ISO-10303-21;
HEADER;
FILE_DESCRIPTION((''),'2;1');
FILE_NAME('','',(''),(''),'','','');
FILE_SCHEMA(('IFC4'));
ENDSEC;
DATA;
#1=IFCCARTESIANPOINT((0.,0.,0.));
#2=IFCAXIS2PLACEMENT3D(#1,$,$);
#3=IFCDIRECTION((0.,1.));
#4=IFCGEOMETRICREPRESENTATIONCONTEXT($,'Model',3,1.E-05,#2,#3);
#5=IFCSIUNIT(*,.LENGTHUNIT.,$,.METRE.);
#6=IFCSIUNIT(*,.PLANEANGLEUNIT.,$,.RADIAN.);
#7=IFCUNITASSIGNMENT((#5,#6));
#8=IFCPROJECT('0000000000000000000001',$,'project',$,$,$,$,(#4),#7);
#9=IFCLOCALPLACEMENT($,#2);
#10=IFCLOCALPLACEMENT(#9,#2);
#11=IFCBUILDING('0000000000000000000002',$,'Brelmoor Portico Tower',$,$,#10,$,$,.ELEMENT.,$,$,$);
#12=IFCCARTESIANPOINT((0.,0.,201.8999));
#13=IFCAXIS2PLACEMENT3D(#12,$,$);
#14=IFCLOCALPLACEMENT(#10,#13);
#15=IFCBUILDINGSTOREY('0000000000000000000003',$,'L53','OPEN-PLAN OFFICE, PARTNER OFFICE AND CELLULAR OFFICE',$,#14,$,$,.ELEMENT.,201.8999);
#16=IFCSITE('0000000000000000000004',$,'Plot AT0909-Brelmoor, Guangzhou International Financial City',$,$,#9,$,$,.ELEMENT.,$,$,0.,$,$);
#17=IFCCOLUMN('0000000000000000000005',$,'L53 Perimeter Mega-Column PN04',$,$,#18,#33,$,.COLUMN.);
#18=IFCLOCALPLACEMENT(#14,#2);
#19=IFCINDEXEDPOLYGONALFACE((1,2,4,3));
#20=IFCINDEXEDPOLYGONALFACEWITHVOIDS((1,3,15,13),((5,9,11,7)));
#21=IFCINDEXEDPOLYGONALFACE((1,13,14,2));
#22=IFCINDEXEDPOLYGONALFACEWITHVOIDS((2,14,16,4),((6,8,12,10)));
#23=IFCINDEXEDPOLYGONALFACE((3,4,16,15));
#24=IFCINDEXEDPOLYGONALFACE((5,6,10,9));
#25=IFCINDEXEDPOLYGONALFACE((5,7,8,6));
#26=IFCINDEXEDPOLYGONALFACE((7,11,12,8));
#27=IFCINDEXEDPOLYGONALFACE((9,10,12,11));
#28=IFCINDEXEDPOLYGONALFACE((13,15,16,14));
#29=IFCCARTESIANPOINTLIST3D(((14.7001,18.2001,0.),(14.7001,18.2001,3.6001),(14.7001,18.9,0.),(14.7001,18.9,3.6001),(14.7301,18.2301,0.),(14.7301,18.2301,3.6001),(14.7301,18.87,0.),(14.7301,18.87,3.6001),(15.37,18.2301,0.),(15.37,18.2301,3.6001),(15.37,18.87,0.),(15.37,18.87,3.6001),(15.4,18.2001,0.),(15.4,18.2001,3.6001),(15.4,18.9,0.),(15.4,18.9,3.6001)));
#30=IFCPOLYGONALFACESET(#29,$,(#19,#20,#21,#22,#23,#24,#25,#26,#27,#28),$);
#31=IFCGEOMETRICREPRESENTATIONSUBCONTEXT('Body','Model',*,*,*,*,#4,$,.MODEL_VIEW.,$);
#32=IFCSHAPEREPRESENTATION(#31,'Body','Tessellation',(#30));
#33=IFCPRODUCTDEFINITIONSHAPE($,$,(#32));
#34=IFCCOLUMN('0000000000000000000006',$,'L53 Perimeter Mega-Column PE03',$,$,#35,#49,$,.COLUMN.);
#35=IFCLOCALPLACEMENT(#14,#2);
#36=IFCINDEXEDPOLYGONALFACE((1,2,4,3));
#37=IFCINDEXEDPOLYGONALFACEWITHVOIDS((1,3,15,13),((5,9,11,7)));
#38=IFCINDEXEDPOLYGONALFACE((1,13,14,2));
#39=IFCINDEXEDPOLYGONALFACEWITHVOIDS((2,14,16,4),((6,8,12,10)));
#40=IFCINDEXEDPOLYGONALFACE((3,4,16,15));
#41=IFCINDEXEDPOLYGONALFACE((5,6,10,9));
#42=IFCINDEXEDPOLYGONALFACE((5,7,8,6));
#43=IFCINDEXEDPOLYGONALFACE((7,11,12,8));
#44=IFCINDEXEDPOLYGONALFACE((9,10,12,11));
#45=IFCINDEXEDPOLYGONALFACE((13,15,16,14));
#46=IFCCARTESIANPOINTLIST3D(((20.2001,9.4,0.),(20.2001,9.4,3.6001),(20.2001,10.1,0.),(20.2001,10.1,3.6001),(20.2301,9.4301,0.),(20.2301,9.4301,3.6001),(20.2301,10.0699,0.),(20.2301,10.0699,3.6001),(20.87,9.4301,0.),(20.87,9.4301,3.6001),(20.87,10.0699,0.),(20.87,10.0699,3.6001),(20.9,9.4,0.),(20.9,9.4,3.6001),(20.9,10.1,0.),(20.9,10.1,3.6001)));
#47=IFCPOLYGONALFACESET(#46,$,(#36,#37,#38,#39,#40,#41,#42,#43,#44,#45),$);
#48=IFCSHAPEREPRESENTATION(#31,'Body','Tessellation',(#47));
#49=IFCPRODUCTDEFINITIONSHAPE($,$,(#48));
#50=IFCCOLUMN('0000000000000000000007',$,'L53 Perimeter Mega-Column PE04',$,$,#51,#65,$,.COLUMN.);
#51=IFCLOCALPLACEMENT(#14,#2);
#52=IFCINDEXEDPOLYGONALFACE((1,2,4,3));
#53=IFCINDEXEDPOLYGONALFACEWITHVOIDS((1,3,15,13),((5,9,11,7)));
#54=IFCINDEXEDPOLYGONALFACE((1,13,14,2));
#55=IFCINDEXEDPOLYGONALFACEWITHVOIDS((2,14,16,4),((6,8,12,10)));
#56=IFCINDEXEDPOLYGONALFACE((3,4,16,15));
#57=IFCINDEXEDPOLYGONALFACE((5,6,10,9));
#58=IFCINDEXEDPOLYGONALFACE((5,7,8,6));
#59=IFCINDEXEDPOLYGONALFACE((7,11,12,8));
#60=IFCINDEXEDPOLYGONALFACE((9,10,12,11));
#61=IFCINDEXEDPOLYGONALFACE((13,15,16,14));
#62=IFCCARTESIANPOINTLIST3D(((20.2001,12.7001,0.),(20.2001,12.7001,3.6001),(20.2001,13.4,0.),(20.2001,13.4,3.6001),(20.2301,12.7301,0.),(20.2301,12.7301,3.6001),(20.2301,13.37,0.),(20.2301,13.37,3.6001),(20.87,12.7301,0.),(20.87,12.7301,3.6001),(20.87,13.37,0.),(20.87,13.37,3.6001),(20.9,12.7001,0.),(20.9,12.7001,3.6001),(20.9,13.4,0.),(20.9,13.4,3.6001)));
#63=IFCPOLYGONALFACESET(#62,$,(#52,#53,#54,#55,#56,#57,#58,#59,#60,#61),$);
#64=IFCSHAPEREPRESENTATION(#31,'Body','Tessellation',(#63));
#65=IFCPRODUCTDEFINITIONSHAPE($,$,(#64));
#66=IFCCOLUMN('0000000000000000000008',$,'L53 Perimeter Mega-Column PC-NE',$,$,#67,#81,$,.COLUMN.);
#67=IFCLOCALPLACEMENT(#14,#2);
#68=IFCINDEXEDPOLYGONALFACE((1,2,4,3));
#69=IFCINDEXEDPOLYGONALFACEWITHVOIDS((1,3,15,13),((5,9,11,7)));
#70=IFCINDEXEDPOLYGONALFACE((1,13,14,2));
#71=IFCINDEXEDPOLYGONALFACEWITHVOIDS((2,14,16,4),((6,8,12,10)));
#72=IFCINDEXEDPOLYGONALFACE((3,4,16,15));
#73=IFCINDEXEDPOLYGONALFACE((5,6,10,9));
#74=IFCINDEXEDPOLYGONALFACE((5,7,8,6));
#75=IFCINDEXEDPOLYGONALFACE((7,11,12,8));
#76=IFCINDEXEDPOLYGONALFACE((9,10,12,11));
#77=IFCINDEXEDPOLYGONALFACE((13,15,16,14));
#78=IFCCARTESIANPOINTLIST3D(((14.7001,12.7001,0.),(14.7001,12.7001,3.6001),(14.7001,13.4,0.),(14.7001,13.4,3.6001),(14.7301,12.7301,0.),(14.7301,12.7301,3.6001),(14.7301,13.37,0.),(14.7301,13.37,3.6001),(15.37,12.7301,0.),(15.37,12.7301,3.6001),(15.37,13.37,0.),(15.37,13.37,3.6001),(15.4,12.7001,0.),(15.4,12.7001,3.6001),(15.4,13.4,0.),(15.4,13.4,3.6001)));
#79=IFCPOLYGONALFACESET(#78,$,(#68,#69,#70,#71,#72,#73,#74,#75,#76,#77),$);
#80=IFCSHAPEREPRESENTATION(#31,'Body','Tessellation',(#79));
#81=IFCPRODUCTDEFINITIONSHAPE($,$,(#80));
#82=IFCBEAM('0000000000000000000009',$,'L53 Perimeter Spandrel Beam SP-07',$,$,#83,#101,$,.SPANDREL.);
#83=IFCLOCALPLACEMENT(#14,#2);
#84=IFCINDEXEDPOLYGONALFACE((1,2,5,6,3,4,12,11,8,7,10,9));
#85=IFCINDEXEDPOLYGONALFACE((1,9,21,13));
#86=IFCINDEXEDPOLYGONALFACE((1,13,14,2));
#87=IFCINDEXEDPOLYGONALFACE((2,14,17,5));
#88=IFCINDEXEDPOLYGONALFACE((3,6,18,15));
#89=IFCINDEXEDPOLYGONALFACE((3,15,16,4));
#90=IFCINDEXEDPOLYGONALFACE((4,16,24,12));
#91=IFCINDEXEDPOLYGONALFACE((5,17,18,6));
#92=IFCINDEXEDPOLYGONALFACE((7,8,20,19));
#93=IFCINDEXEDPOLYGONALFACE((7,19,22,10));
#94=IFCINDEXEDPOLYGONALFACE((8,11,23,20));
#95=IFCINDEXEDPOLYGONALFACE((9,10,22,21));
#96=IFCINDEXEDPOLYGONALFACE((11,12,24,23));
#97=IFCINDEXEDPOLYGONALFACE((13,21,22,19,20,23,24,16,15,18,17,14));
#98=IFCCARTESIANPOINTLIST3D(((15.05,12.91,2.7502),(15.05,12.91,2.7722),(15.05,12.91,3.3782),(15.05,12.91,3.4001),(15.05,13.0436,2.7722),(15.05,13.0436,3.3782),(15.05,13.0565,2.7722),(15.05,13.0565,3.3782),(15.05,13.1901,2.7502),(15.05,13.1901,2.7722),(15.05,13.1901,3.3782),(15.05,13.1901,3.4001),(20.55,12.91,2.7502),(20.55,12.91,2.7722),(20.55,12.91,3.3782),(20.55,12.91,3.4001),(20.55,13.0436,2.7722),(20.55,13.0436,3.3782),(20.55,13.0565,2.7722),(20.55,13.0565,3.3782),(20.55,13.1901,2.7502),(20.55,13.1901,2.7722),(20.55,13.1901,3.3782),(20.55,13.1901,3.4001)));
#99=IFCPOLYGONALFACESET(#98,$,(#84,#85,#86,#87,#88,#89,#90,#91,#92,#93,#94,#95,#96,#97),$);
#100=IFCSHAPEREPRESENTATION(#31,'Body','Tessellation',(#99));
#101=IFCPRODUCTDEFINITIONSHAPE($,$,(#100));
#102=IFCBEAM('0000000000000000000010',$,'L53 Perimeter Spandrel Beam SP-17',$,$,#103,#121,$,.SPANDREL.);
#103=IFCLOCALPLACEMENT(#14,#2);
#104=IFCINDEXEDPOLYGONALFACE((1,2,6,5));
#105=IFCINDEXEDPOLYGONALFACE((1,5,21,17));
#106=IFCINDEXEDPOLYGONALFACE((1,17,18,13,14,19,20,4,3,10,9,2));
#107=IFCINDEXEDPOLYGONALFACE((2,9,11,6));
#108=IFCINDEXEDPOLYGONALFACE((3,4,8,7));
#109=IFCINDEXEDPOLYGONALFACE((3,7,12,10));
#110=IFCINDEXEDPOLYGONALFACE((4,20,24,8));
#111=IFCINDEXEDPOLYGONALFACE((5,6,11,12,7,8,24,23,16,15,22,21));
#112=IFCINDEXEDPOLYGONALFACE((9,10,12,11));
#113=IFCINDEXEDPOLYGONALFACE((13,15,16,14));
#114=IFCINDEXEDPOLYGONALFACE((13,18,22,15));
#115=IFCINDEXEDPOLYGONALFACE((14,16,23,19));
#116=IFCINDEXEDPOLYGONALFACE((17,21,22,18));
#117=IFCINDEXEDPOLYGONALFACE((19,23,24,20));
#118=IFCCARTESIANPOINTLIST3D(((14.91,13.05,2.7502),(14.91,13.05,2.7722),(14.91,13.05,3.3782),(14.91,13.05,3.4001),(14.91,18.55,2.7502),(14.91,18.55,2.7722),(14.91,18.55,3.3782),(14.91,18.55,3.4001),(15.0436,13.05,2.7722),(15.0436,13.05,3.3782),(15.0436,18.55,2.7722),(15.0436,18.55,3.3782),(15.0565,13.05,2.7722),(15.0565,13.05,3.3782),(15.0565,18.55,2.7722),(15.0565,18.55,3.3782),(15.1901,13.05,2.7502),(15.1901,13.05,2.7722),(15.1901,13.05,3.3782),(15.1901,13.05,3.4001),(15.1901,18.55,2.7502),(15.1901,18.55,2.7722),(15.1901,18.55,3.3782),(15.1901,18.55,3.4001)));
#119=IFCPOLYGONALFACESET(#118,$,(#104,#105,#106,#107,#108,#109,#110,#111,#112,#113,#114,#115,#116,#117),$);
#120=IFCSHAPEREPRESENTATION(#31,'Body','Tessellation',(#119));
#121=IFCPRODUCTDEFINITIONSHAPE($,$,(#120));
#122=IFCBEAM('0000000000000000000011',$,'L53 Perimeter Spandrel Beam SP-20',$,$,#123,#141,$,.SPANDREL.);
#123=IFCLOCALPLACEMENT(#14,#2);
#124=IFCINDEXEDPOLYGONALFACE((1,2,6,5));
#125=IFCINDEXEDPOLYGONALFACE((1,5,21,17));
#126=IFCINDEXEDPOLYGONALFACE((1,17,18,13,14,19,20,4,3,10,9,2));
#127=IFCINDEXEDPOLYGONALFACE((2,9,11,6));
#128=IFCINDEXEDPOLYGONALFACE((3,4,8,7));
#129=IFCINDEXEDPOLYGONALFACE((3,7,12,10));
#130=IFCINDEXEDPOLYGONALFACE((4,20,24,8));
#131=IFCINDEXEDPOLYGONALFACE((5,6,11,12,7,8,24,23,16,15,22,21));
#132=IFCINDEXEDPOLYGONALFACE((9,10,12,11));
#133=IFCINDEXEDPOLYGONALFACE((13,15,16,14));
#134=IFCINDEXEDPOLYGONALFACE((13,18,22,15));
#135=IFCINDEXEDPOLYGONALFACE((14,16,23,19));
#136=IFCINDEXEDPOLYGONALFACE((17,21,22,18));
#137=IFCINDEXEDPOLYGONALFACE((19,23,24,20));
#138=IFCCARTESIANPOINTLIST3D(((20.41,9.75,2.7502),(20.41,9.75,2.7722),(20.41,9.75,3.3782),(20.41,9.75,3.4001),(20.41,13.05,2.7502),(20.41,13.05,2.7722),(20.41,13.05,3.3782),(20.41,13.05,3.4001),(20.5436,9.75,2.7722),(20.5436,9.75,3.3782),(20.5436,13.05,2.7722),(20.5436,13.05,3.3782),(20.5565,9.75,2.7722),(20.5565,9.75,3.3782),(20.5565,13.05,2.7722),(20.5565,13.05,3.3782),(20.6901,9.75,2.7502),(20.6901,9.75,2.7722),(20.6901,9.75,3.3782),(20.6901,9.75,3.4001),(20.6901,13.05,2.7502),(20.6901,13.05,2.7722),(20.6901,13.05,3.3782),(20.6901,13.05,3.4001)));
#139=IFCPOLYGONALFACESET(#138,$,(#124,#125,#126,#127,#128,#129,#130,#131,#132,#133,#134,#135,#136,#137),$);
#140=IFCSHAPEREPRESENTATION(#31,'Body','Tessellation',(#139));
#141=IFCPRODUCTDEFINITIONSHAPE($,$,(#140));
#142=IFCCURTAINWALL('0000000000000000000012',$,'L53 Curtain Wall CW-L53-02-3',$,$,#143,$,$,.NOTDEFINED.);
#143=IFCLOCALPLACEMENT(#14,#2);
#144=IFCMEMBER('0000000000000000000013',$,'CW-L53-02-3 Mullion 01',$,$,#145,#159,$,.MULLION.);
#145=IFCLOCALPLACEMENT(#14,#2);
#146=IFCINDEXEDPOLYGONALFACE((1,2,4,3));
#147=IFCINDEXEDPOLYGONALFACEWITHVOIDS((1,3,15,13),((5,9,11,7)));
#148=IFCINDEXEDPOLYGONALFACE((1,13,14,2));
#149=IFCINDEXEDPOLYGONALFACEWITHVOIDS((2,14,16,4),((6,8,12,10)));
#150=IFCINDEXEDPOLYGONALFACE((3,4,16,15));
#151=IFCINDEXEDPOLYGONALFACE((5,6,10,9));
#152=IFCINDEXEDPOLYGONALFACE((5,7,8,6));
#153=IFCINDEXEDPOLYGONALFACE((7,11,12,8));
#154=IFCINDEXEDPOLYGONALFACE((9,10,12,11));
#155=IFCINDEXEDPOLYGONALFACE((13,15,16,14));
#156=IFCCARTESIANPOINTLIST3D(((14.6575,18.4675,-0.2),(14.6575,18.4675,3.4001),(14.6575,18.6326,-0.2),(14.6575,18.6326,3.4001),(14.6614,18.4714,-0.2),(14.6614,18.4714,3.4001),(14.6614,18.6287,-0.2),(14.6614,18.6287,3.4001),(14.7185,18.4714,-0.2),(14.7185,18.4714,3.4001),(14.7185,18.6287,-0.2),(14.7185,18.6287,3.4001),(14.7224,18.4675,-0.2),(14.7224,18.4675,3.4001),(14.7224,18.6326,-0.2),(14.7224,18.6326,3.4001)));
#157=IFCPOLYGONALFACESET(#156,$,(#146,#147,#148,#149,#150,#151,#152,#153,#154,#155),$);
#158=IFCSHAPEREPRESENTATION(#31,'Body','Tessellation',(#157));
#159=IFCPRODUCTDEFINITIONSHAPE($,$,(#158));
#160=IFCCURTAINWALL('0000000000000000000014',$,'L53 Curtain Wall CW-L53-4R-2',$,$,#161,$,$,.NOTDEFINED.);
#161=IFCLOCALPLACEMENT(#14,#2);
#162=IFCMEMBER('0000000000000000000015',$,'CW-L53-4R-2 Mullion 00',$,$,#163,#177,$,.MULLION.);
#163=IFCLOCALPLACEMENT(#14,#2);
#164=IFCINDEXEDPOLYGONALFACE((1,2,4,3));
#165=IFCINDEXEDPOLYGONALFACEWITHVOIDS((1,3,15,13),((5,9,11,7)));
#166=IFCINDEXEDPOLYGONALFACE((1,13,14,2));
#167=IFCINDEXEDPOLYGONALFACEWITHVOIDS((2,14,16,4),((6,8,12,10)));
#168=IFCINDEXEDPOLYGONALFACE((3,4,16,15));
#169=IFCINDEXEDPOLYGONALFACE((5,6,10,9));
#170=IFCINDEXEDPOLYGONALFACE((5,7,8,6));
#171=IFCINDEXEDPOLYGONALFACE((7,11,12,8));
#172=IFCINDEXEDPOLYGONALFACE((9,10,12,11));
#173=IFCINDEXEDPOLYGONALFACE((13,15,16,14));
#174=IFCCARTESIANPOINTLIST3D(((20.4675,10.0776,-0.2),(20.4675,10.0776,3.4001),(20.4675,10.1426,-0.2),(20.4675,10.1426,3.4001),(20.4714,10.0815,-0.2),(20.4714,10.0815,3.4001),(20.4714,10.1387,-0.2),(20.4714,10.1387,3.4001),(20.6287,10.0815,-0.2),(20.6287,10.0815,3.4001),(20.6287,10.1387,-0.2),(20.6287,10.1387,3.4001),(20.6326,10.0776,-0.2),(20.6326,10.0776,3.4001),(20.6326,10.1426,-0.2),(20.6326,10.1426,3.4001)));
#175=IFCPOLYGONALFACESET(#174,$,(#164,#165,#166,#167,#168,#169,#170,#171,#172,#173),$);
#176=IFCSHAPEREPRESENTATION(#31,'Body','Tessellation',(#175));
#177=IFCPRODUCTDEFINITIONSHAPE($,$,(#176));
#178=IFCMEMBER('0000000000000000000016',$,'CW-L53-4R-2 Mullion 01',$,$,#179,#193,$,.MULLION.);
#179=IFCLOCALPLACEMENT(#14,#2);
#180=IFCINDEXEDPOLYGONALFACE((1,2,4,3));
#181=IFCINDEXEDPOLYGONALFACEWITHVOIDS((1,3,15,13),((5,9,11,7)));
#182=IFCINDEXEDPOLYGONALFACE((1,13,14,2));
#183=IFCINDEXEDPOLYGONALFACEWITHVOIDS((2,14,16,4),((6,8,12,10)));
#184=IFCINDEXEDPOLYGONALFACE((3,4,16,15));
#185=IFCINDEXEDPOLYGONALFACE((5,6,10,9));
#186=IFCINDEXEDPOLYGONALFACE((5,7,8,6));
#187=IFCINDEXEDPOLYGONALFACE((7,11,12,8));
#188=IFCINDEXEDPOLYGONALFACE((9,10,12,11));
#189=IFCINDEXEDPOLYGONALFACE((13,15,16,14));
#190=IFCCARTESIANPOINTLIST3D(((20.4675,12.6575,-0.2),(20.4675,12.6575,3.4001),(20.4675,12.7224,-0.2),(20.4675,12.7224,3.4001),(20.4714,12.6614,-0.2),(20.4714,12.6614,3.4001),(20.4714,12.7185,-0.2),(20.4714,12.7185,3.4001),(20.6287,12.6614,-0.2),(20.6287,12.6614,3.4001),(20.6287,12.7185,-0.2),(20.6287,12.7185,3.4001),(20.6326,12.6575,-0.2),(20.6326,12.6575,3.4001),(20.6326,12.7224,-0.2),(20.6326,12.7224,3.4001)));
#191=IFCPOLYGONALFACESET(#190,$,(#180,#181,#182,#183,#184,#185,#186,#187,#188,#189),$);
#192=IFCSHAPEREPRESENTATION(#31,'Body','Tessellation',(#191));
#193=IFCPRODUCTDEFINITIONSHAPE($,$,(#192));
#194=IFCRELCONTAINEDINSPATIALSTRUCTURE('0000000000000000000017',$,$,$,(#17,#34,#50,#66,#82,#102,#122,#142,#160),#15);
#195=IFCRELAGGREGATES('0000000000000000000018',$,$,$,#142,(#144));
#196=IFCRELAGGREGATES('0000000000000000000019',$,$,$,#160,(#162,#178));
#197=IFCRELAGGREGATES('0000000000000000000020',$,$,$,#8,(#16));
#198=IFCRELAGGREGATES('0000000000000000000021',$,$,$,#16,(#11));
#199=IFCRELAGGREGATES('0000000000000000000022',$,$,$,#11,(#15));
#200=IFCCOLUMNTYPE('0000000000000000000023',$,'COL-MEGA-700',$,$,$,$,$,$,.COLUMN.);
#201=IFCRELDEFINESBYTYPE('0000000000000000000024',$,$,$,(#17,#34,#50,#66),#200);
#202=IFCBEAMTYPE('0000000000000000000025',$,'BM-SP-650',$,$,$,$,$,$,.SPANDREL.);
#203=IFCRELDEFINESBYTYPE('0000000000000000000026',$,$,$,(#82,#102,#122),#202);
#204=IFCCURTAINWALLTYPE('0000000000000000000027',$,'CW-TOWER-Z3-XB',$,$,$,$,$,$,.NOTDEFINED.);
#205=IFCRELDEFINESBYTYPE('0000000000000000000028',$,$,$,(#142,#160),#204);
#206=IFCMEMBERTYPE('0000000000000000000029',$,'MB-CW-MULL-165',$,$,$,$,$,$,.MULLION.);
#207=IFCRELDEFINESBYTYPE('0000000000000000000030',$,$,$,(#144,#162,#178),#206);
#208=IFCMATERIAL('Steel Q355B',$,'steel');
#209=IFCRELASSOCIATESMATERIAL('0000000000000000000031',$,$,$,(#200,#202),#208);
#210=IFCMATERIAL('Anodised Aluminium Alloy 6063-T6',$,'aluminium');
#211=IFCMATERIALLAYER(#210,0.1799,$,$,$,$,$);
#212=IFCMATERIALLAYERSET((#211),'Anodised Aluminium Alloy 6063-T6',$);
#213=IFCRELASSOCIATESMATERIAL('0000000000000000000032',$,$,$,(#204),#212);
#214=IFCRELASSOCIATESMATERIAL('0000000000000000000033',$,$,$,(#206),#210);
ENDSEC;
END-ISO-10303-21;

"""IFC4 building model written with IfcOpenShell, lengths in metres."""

from ifc_helpers import new_model, si_unit, direction, frame, origin, origin_2d, place, context, subcontext, project, spatial, hollow_rectangle, i_section, extrude, material, layer, layer_set, material_profile, profile_set, type_object, element, aggregate, save


model = new_model("IFC4")

# Units and contexts
model_context = context("Model", 3, precision=1e-05, world=origin(), true_north=direction((0.0, 1.0)))
body_context = subcontext(model_context, "Body", "Model", "MODEL_VIEW")
ifc_project = project(units=[si_unit("LENGTHUNIT", "METRE"), si_unit("PLANEANGLEUNIT", "RADIAN")], contexts=[model_context])

# Site, building, storey
site_placement = place(None, origin())
site = spatial("IfcSite", under=ifc_project, at=site_placement, Name="Plot AT0909-Brelmoor, Guangzhou International Financial City", CompositionType="ELEMENT", RefElevation=0.0)
building_placement = place(site_placement, origin())
building = spatial("IfcBuilding", under=site, at=building_placement, Name="Brelmoor Portico Tower", CompositionType="ELEMENT")
storey_placement = place(building_placement, frame((0.0, 0.0, 201.8999)))
storey = spatial("IfcBuildingStorey", under=building, at=storey_placement, Name="L53", Description="OPEN-PLAN OFFICE, PARTNER OFFICE AND CELLULAR OFFICE", CompositionType="ELEMENT", Elevation=201.8999)

# Columns
ifc_material_1 = material(Name="Steel Q355B", Category="steel")
ifc_material_profile_1 = material_profile(ifc_material_1, hollow_rectangle(XDim=0.7, YDim=0.7, WallThickness=0.03, at=origin_2d()), Name="BOX 700x700x30")
ifc_profile_set_1 = profile_set([ifc_material_profile_1], Name="Steel Q355B")
column_type = type_object("IfcColumnType", Name="COL-MEGA-700", PredefinedType="COLUMN", material=ifc_profile_set_1)
for number, where, z_axis, x_axis, name in (
    (1, (15.05, 18.55, 0.0), (0.0, 0.0, 1.0), (1.0, 0.0, 0.0), "L53 Perimeter Mega-Column PN04"),
    (2, (20.55, 9.75, 0.0), (0.0, 0.0, 1.0), (0.0, 1.0, 0.0), "L53 Perimeter Mega-Column PE03"),
    (3, (20.55, 13.05, 0.0), (0.0, 0.0, 1.0), (0.0, 1.0, 0.0), "L53 Perimeter Mega-Column PE04"),
    (4, (15.05, 13.05, 0.0), (0.0, 0.0, 1.0), (1.0, 0.0, 0.0), "L53 Perimeter Mega-Column PC-NE"),
):
    element("IfcColumn", number, at=place(storey_placement, frame(where, z_axis=z_axis, x_axis=x_axis)), inside=storey, type_object=column_type, Name=name, PredefinedType="COLUMN", context=body_context, shape_type="SweptSolid", body=[
        extrude(hollow_rectangle(XDim=0.7, YDim=0.7, WallThickness=0.03, at=origin_2d()), origin(), (0.0, 0.0, 1.0), 3.6001),
    ])

# Beams
ifc_material_profile_2 = material_profile(ifc_material_1, i_section(OverallWidth=0.28, OverallDepth=0.6499, WebThickness=0.0129, FlangeThickness=0.022, at=origin_2d()), Name="HN 650x280x13x22")
ifc_profile_set_2 = profile_set([ifc_material_profile_2], Name="Steel Q355B")
beam_type = type_object("IfcBeamType", Name="BM-SP-650", PredefinedType="SPANDREL", material=ifc_profile_set_2)
for number, where, z_axis, x_axis, name in (
    (5, (15.05, 13.05, 3.0752), (1.0, 0.0, 0.0), (0.0, 1.0, 0.0), "L53 Perimeter Spandrel Beam SP-07"),
    (6, (15.05, 13.05, 3.0752), (0.0, 1.0, 0.0), (-1.0, 0.0, 0.0), "L53 Perimeter Spandrel Beam SP-17"),
):
    element("IfcBeam", number, at=place(storey_placement, frame(where, z_axis=z_axis, x_axis=x_axis)), inside=storey, type_object=beam_type, Name=name, PredefinedType="SPANDREL", context=body_context, shape_type="SweptSolid", body=[
        extrude(i_section(OverallWidth=0.28, OverallDepth=0.6499, WebThickness=0.0129, FlangeThickness=0.022, at=origin_2d()), origin(), (0.0, 0.0, 1.0), 5.5),
    ])
beam_placement = place(storey_placement, frame((20.55, 9.75, 3.0752), z_axis=(0.0, 1.0, 0.0), x_axis=(-1.0, 0.0, 0.0)))
element("IfcBeam", 7, at=beam_placement, inside=storey, type_object=beam_type, Name="L53 Perimeter Spandrel Beam SP-20", PredefinedType="SPANDREL", context=body_context, shape_type="SweptSolid", body=[
    extrude(i_section(OverallWidth=0.28, OverallDepth=0.6499, WebThickness=0.0129, FlangeThickness=0.022, at=origin_2d()), origin(), (0.0, 0.0, 1.0), 3.3),
])

# Curtain wall, member
ifc_material_2 = material(Name="Anodised Aluminium Alloy 6063-T6", Category="aluminium")
ifc_layer_1 = layer(ifc_material_2, 0.1799)
ifc_layer_set_1 = layer_set([ifc_layer_1], Name="Anodised Aluminium Alloy 6063-T6")
curtain_wall_type = type_object("IfcCurtainWallType", Name="CW-TOWER-Z3-XB", PredefinedType="NOTDEFINED", material=ifc_layer_set_1)
curtain_wall_1_placement = place(storey_placement, origin())
curtain_wall_1 = element("IfcCurtainWall", 8, at=curtain_wall_1_placement, inside=storey, type_object=curtain_wall_type, Name="L53 Curtain Wall CW-L53-02-3", PredefinedType="NOTDEFINED")
ifc_material_profile_3 = material_profile(ifc_material_2, hollow_rectangle(XDim=0.0649, YDim=0.165, WallThickness=0.0039, at=origin_2d()), Name="ALU MULLION 65x165")
ifc_profile_set_3 = profile_set([ifc_material_profile_3], Name="Anodised Aluminium Alloy 6063-T6")
member_type_1 = type_object("IfcMemberType", Name="MB-CW-MULL-165", PredefinedType="MULLION", material=ifc_profile_set_3)
member_1_placement = place(storey_placement, frame((14.6899, 18.55, -0.2), z_axis=(0.0, 0.0, 1.0), x_axis=(1.0, 0.0, 0.0)))
member_1 = element("IfcMember", 9, at=member_1_placement, type_object=member_type_1, Name="CW-L53-02-3 Mullion 01", PredefinedType="MULLION", context=body_context, shape_type="SweptSolid", body=[
    extrude(hollow_rectangle(XDim=0.0649, YDim=0.165, WallThickness=0.0039, at=origin_2d()), origin(), (0.0, 0.0, 1.0), 3.6001),
])
aggregate(curtain_wall_1, [member_1])

# Curtain wall, members
curtain_wall_2_placement = place(storey_placement, origin())
curtain_wall_2 = element("IfcCurtainWall", 10, at=curtain_wall_2_placement, inside=storey, type_object=curtain_wall_type, Name="L53 Curtain Wall CW-L53-4R-2", PredefinedType="NOTDEFINED")
member_2_placement = place(storey_placement, frame((20.55, 10.1101, -0.2), z_axis=(0.0, 0.0, 1.0), x_axis=(0.0, 1.0, 0.0)))
member_2 = element("IfcMember", 11, at=member_2_placement, type_object=member_type_1, Name="CW-L53-4R-2 Mullion 00", PredefinedType="MULLION", context=body_context, shape_type="SweptSolid", body=[
    extrude(hollow_rectangle(XDim=0.0649, YDim=0.165, WallThickness=0.0039, at=origin_2d()), origin(), (0.0, 0.0, 1.0), 3.6001),
])
member_3_placement = place(storey_placement, frame((20.55, 12.6899, -0.2), z_axis=(0.0, 0.0, 1.0), x_axis=(0.0, 1.0, 0.0)))
member_3 = element("IfcMember", 12, at=member_3_placement, type_object=member_type_1, Name="CW-L53-4R-2 Mullion 01", PredefinedType="MULLION", context=body_context, shape_type="SweptSolid", body=[
    extrude(hollow_rectangle(XDim=0.0649, YDim=0.165, WallThickness=0.0039, at=origin_2d()), origin(), (0.0, 0.0, 1.0), 3.6001),
])
aggregate(curtain_wall_2, [member_2, member_3])

save(model, "model.ifc")
